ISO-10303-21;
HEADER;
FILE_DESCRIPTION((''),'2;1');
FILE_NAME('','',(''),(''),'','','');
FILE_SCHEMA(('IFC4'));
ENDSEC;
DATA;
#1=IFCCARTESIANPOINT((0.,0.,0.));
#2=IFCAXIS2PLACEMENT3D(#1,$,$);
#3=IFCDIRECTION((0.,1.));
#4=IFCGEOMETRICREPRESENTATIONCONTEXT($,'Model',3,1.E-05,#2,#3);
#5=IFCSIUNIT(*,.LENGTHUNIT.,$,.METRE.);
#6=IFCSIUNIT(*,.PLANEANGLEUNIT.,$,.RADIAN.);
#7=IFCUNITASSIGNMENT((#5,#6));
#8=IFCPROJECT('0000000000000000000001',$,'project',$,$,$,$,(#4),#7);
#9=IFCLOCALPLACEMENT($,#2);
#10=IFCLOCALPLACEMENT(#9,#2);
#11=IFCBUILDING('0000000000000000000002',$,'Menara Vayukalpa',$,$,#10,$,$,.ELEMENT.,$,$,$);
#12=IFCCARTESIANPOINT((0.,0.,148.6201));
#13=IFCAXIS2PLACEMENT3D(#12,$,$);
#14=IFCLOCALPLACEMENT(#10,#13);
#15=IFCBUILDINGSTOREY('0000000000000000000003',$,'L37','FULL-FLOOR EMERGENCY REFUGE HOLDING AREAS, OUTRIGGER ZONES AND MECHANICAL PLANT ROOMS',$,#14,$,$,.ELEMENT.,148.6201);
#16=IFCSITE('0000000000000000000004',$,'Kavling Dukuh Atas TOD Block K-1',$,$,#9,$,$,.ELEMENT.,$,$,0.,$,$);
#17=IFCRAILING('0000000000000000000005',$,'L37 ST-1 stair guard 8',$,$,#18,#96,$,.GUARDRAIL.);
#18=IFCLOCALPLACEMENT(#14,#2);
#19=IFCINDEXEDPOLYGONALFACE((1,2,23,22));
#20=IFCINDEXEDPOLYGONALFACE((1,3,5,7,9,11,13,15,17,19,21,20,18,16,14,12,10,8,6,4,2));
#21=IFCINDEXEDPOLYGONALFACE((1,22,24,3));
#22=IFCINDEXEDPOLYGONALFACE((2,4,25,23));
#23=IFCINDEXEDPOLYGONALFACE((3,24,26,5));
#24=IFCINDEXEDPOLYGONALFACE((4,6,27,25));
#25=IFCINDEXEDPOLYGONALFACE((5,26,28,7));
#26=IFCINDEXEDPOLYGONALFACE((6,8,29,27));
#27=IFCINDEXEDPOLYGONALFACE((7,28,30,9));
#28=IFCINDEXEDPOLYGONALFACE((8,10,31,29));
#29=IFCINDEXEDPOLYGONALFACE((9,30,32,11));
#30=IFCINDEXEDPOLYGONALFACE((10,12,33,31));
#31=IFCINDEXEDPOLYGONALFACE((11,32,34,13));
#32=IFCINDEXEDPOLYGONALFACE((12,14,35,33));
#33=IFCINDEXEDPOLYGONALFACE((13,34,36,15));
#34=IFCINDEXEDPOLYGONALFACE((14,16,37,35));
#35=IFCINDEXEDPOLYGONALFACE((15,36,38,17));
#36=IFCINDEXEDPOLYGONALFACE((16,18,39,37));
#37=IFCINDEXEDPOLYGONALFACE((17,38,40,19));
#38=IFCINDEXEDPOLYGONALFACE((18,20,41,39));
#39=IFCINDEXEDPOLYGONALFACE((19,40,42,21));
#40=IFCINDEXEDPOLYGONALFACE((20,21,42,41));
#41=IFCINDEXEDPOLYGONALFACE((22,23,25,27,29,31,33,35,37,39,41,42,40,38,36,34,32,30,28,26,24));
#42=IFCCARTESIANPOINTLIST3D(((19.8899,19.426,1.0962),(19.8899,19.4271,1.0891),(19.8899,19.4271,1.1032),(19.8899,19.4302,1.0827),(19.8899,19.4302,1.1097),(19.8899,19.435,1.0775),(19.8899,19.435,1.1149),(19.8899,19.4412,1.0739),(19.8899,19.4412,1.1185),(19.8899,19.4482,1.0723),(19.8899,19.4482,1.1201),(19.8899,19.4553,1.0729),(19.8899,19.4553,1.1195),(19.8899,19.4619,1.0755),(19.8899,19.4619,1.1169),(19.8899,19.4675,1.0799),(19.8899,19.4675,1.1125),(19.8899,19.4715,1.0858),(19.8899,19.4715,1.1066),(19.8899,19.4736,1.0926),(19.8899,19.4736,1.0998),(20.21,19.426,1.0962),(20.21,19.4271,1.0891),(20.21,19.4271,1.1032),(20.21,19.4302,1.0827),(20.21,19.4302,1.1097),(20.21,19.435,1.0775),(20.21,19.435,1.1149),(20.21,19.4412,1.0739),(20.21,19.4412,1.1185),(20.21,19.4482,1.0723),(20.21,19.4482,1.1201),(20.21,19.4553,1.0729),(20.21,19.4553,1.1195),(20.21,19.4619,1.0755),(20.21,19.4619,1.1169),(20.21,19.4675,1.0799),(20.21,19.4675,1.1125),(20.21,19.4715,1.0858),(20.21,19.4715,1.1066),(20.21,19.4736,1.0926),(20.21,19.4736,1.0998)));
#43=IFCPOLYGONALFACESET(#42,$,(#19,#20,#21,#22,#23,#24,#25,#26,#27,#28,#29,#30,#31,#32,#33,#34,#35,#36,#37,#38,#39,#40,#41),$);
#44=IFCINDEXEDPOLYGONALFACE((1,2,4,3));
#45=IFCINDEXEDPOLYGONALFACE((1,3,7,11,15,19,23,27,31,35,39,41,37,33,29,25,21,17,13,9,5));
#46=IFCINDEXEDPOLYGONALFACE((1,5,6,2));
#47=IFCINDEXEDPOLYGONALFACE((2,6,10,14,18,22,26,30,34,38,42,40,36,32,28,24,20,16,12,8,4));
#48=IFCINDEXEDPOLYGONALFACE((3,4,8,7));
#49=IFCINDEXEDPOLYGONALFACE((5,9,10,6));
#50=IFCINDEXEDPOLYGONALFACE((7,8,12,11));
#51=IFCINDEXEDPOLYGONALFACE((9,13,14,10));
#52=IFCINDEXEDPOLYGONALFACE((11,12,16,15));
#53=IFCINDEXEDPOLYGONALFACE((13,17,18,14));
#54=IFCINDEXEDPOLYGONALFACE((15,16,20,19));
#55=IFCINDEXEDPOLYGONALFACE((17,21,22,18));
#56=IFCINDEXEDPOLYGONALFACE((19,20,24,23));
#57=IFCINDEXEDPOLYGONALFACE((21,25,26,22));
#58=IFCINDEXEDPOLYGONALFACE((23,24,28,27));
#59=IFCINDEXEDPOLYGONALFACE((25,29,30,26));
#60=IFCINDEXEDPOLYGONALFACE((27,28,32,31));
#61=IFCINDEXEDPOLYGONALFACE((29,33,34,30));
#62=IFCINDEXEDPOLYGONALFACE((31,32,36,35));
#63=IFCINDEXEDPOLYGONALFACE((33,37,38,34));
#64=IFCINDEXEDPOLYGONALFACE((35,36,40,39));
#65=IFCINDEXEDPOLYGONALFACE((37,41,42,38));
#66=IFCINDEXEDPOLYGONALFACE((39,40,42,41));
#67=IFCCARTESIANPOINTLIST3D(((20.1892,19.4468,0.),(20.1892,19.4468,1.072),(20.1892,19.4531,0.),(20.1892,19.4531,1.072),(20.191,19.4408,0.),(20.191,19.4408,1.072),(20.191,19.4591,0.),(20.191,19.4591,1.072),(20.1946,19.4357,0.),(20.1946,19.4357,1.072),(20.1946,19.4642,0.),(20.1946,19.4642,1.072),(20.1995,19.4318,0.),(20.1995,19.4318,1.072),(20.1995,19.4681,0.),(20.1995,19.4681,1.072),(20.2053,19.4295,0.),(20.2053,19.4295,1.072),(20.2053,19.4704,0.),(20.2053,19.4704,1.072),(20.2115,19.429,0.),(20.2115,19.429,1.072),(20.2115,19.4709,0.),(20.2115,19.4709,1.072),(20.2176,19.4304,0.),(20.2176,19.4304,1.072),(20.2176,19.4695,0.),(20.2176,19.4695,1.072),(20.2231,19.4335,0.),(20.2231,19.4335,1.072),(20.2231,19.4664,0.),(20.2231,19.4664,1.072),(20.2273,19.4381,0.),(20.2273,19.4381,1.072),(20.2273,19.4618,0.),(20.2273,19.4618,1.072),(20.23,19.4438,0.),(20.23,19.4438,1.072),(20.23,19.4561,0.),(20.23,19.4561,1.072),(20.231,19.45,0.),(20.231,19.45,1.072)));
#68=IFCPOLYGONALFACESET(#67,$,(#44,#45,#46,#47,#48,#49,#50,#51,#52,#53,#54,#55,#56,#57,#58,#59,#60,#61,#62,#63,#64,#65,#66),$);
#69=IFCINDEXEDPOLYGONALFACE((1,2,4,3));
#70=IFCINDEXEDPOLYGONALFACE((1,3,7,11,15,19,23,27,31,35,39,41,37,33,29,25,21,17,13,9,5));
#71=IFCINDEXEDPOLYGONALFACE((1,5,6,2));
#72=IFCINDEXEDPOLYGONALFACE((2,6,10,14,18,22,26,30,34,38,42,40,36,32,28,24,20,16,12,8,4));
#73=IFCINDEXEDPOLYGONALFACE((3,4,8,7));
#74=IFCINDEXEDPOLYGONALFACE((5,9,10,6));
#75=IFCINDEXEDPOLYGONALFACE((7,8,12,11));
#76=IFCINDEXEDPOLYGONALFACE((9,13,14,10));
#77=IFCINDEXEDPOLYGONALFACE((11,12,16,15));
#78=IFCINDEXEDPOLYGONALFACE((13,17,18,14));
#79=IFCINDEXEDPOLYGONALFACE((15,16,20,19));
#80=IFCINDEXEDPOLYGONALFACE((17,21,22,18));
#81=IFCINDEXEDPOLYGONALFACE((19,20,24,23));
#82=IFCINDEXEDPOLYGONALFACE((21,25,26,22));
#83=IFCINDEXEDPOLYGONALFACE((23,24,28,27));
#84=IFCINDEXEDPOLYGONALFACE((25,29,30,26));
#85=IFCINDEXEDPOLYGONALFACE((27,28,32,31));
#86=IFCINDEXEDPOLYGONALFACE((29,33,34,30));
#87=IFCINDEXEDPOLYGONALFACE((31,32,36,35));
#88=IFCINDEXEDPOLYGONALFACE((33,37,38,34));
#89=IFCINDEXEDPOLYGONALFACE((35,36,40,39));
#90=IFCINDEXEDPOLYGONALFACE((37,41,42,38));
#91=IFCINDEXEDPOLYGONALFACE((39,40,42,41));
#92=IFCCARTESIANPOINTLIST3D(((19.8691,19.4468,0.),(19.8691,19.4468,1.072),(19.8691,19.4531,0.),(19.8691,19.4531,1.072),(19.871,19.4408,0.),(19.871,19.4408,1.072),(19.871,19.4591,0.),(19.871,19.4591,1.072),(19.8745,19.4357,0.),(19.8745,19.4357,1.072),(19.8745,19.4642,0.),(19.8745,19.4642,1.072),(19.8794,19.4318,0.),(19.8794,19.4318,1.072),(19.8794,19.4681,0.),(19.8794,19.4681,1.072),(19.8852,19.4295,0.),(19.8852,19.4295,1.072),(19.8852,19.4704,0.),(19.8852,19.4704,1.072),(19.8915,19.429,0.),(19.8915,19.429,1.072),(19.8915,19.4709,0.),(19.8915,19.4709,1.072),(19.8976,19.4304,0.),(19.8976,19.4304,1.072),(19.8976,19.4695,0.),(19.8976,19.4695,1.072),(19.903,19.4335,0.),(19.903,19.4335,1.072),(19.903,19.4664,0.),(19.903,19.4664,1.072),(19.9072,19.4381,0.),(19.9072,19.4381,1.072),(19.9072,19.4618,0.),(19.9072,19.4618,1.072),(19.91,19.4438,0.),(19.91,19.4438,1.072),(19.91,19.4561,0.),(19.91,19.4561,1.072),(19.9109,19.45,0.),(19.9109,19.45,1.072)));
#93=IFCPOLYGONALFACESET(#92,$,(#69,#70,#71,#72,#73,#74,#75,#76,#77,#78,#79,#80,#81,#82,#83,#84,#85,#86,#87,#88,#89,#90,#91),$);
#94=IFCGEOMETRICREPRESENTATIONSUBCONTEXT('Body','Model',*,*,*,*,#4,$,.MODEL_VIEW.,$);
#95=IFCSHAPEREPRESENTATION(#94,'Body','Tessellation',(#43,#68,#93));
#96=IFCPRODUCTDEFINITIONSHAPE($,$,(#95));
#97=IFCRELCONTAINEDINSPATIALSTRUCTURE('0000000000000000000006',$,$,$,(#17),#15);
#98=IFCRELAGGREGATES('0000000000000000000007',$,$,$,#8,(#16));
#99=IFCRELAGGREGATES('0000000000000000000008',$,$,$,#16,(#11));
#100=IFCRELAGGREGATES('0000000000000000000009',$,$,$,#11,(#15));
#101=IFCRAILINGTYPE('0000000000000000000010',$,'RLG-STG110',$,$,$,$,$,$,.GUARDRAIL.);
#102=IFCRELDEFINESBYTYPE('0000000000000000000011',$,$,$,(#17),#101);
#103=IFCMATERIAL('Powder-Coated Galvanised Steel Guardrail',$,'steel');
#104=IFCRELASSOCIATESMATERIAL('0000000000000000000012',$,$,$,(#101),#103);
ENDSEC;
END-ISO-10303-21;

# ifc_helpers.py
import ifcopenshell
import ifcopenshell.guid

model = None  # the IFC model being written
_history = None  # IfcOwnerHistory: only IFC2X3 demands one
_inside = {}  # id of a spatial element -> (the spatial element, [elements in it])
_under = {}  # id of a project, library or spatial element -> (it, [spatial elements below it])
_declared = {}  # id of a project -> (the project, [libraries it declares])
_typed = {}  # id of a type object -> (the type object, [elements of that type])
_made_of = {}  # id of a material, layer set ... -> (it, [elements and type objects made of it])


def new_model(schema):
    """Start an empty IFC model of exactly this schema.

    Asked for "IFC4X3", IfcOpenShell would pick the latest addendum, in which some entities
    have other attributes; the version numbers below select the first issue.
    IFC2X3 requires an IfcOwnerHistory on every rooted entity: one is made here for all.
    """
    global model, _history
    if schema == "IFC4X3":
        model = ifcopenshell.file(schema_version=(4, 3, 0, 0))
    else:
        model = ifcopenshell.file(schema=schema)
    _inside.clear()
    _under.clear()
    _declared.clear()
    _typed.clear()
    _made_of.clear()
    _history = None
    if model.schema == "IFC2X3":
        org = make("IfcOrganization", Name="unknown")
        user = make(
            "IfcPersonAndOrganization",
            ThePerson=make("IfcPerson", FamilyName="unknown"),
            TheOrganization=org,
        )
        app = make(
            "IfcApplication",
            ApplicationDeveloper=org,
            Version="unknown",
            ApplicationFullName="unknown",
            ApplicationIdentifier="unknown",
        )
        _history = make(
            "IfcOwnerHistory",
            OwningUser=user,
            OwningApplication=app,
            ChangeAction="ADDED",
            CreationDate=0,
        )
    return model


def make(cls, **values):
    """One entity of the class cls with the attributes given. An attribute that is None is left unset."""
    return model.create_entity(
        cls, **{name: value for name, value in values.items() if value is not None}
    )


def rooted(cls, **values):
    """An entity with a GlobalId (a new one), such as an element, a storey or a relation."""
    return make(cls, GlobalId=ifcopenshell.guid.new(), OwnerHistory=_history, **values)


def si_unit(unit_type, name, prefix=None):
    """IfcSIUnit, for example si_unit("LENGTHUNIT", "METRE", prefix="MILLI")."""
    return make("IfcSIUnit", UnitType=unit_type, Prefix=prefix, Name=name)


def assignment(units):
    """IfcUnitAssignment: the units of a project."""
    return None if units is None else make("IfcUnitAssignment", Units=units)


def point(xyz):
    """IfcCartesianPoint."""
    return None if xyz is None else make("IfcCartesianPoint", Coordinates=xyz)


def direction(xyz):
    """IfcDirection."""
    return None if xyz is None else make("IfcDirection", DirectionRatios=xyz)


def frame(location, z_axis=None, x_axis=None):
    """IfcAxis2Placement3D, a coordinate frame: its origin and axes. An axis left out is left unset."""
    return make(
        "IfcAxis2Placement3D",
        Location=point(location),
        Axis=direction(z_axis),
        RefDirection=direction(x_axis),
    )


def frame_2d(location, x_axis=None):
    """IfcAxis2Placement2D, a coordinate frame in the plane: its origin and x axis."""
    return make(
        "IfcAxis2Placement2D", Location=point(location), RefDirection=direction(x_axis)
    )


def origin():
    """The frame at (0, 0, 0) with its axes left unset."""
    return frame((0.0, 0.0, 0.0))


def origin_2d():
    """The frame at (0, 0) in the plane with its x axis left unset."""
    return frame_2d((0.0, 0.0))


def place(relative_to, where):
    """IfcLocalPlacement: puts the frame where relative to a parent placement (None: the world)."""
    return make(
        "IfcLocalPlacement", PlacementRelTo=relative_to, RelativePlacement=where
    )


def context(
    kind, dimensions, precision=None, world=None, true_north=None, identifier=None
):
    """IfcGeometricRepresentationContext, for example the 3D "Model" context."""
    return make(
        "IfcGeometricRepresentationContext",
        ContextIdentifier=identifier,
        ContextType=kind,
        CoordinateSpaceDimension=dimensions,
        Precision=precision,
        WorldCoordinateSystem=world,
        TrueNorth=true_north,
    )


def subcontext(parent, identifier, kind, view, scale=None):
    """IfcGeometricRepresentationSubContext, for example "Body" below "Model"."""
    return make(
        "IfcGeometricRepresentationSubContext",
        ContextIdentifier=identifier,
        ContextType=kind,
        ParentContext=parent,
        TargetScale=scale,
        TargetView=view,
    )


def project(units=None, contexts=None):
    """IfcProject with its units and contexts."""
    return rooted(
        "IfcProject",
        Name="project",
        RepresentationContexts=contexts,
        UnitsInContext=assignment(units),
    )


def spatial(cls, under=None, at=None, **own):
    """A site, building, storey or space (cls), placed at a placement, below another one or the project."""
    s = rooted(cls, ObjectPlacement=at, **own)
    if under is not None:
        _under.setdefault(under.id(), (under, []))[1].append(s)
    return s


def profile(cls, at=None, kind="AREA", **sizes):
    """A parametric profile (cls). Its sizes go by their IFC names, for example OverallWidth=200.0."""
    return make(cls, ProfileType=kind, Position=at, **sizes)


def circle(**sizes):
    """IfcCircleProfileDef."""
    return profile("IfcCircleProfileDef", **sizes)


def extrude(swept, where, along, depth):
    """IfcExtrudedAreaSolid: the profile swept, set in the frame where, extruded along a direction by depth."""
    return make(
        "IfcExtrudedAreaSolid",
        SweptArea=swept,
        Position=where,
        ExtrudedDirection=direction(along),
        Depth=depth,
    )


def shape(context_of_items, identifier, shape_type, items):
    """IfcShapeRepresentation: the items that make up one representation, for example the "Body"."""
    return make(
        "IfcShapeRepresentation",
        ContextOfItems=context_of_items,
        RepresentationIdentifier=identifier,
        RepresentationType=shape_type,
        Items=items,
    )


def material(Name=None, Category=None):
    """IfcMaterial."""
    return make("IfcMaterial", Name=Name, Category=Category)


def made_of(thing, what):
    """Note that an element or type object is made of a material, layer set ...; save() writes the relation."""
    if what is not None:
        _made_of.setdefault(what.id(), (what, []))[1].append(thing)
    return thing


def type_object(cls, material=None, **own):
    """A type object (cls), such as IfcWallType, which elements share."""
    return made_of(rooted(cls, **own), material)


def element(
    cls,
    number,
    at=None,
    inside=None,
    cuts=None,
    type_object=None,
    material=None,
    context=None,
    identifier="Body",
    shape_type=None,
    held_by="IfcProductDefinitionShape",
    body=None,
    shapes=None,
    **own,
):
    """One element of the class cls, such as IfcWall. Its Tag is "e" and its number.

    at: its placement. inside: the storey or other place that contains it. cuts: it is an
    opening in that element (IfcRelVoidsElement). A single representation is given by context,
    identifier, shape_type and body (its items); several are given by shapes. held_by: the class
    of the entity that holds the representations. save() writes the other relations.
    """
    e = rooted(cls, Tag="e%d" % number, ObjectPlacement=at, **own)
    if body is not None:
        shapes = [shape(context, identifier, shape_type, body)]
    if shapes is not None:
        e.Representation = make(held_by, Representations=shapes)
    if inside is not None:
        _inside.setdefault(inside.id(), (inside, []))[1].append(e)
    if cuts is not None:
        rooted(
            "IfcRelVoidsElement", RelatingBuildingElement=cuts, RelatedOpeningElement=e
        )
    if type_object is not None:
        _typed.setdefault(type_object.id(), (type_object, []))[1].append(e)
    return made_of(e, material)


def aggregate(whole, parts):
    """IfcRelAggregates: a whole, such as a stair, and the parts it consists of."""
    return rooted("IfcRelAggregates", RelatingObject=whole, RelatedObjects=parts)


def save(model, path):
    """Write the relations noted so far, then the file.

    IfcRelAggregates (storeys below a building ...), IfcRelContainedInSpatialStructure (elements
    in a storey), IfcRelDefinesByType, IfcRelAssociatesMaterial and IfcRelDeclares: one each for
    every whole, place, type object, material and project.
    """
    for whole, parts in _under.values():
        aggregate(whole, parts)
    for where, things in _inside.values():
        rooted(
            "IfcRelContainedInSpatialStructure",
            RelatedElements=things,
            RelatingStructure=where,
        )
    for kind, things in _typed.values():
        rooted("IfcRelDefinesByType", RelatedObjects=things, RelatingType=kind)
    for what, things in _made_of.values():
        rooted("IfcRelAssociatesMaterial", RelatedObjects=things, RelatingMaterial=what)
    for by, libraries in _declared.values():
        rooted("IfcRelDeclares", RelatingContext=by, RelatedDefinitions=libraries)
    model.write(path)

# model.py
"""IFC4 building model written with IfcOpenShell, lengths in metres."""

from ifc_helpers import new_model, si_unit, direction, frame, origin, origin_2d, place, context, subcontext, project, spatial, circle, extrude, material, type_object, element, save


model = new_model("IFC4")

# Units and contexts
model_context = context("Model", 3, precision=1e-05, world=origin(), true_north=direction((0.0, 1.0)))
body_context = subcontext(model_context, "Body", "Model", "MODEL_VIEW")
ifc_project = project(units=[si_unit("LENGTHUNIT", "METRE"), si_unit("PLANEANGLEUNIT", "RADIAN")], contexts=[model_context])

# Site, building, storey
site_placement = place(None, origin())
site = spatial("IfcSite", under=ifc_project, at=site_placement, Name="Kavling Dukuh Atas TOD Block K-1", CompositionType="ELEMENT", RefElevation=0.0)
building_placement = place(site_placement, origin())
building = spatial("IfcBuilding", under=site, at=building_placement, Name="Menara Vayukalpa", CompositionType="ELEMENT")
storey_placement = place(building_placement, frame((0.0, 0.0, 148.6201)))
storey = spatial("IfcBuildingStorey", under=building, at=storey_placement, Name="L37", Description="FULL-FLOOR EMERGENCY REFUGE HOLDING AREAS, OUTRIGGER ZONES AND MECHANICAL PLANT ROOMS", CompositionType="ELEMENT", Elevation=148.6201)

# Railing
ifc_material_1 = material(Name="Powder-Coated Galvanised Steel Guardrail", Category="steel")
railing_type_1 = type_object("IfcRailingType", Name="RLG-STG110", PredefinedType="GUARDRAIL", material=ifc_material_1)
railing_1_placement = place(storey_placement, frame((20.21, 19.45, 0.0)))
element("IfcRailing", 1, at=railing_1_placement, inside=storey, type_object=railing_type_1, Name="L37 ST-1 stair guard 8", PredefinedType="GUARDRAIL", context=body_context, shape_type="SweptSolid", body=[
    extrude(circle(Radius=0.0239, at=origin_2d()), frame((0.0, 0.0, 1.0962), z_axis=(-1.0, 0.0, 0.0), x_axis=(0.0, -1.0, 0.0)), (0.0, 0.0, 1.0), 0.3201),
    extrude(circle(Radius=0.021, at=origin_2d()), origin(), (0.0, 0.0, 1.0), 1.072),
    extrude(circle(Radius=0.021, at=origin_2d()), frame((-0.3201, 0.0, 0.0)), (0.0, 0.0, 1.0), 1.072),
])

save(model, "model.ifc")
